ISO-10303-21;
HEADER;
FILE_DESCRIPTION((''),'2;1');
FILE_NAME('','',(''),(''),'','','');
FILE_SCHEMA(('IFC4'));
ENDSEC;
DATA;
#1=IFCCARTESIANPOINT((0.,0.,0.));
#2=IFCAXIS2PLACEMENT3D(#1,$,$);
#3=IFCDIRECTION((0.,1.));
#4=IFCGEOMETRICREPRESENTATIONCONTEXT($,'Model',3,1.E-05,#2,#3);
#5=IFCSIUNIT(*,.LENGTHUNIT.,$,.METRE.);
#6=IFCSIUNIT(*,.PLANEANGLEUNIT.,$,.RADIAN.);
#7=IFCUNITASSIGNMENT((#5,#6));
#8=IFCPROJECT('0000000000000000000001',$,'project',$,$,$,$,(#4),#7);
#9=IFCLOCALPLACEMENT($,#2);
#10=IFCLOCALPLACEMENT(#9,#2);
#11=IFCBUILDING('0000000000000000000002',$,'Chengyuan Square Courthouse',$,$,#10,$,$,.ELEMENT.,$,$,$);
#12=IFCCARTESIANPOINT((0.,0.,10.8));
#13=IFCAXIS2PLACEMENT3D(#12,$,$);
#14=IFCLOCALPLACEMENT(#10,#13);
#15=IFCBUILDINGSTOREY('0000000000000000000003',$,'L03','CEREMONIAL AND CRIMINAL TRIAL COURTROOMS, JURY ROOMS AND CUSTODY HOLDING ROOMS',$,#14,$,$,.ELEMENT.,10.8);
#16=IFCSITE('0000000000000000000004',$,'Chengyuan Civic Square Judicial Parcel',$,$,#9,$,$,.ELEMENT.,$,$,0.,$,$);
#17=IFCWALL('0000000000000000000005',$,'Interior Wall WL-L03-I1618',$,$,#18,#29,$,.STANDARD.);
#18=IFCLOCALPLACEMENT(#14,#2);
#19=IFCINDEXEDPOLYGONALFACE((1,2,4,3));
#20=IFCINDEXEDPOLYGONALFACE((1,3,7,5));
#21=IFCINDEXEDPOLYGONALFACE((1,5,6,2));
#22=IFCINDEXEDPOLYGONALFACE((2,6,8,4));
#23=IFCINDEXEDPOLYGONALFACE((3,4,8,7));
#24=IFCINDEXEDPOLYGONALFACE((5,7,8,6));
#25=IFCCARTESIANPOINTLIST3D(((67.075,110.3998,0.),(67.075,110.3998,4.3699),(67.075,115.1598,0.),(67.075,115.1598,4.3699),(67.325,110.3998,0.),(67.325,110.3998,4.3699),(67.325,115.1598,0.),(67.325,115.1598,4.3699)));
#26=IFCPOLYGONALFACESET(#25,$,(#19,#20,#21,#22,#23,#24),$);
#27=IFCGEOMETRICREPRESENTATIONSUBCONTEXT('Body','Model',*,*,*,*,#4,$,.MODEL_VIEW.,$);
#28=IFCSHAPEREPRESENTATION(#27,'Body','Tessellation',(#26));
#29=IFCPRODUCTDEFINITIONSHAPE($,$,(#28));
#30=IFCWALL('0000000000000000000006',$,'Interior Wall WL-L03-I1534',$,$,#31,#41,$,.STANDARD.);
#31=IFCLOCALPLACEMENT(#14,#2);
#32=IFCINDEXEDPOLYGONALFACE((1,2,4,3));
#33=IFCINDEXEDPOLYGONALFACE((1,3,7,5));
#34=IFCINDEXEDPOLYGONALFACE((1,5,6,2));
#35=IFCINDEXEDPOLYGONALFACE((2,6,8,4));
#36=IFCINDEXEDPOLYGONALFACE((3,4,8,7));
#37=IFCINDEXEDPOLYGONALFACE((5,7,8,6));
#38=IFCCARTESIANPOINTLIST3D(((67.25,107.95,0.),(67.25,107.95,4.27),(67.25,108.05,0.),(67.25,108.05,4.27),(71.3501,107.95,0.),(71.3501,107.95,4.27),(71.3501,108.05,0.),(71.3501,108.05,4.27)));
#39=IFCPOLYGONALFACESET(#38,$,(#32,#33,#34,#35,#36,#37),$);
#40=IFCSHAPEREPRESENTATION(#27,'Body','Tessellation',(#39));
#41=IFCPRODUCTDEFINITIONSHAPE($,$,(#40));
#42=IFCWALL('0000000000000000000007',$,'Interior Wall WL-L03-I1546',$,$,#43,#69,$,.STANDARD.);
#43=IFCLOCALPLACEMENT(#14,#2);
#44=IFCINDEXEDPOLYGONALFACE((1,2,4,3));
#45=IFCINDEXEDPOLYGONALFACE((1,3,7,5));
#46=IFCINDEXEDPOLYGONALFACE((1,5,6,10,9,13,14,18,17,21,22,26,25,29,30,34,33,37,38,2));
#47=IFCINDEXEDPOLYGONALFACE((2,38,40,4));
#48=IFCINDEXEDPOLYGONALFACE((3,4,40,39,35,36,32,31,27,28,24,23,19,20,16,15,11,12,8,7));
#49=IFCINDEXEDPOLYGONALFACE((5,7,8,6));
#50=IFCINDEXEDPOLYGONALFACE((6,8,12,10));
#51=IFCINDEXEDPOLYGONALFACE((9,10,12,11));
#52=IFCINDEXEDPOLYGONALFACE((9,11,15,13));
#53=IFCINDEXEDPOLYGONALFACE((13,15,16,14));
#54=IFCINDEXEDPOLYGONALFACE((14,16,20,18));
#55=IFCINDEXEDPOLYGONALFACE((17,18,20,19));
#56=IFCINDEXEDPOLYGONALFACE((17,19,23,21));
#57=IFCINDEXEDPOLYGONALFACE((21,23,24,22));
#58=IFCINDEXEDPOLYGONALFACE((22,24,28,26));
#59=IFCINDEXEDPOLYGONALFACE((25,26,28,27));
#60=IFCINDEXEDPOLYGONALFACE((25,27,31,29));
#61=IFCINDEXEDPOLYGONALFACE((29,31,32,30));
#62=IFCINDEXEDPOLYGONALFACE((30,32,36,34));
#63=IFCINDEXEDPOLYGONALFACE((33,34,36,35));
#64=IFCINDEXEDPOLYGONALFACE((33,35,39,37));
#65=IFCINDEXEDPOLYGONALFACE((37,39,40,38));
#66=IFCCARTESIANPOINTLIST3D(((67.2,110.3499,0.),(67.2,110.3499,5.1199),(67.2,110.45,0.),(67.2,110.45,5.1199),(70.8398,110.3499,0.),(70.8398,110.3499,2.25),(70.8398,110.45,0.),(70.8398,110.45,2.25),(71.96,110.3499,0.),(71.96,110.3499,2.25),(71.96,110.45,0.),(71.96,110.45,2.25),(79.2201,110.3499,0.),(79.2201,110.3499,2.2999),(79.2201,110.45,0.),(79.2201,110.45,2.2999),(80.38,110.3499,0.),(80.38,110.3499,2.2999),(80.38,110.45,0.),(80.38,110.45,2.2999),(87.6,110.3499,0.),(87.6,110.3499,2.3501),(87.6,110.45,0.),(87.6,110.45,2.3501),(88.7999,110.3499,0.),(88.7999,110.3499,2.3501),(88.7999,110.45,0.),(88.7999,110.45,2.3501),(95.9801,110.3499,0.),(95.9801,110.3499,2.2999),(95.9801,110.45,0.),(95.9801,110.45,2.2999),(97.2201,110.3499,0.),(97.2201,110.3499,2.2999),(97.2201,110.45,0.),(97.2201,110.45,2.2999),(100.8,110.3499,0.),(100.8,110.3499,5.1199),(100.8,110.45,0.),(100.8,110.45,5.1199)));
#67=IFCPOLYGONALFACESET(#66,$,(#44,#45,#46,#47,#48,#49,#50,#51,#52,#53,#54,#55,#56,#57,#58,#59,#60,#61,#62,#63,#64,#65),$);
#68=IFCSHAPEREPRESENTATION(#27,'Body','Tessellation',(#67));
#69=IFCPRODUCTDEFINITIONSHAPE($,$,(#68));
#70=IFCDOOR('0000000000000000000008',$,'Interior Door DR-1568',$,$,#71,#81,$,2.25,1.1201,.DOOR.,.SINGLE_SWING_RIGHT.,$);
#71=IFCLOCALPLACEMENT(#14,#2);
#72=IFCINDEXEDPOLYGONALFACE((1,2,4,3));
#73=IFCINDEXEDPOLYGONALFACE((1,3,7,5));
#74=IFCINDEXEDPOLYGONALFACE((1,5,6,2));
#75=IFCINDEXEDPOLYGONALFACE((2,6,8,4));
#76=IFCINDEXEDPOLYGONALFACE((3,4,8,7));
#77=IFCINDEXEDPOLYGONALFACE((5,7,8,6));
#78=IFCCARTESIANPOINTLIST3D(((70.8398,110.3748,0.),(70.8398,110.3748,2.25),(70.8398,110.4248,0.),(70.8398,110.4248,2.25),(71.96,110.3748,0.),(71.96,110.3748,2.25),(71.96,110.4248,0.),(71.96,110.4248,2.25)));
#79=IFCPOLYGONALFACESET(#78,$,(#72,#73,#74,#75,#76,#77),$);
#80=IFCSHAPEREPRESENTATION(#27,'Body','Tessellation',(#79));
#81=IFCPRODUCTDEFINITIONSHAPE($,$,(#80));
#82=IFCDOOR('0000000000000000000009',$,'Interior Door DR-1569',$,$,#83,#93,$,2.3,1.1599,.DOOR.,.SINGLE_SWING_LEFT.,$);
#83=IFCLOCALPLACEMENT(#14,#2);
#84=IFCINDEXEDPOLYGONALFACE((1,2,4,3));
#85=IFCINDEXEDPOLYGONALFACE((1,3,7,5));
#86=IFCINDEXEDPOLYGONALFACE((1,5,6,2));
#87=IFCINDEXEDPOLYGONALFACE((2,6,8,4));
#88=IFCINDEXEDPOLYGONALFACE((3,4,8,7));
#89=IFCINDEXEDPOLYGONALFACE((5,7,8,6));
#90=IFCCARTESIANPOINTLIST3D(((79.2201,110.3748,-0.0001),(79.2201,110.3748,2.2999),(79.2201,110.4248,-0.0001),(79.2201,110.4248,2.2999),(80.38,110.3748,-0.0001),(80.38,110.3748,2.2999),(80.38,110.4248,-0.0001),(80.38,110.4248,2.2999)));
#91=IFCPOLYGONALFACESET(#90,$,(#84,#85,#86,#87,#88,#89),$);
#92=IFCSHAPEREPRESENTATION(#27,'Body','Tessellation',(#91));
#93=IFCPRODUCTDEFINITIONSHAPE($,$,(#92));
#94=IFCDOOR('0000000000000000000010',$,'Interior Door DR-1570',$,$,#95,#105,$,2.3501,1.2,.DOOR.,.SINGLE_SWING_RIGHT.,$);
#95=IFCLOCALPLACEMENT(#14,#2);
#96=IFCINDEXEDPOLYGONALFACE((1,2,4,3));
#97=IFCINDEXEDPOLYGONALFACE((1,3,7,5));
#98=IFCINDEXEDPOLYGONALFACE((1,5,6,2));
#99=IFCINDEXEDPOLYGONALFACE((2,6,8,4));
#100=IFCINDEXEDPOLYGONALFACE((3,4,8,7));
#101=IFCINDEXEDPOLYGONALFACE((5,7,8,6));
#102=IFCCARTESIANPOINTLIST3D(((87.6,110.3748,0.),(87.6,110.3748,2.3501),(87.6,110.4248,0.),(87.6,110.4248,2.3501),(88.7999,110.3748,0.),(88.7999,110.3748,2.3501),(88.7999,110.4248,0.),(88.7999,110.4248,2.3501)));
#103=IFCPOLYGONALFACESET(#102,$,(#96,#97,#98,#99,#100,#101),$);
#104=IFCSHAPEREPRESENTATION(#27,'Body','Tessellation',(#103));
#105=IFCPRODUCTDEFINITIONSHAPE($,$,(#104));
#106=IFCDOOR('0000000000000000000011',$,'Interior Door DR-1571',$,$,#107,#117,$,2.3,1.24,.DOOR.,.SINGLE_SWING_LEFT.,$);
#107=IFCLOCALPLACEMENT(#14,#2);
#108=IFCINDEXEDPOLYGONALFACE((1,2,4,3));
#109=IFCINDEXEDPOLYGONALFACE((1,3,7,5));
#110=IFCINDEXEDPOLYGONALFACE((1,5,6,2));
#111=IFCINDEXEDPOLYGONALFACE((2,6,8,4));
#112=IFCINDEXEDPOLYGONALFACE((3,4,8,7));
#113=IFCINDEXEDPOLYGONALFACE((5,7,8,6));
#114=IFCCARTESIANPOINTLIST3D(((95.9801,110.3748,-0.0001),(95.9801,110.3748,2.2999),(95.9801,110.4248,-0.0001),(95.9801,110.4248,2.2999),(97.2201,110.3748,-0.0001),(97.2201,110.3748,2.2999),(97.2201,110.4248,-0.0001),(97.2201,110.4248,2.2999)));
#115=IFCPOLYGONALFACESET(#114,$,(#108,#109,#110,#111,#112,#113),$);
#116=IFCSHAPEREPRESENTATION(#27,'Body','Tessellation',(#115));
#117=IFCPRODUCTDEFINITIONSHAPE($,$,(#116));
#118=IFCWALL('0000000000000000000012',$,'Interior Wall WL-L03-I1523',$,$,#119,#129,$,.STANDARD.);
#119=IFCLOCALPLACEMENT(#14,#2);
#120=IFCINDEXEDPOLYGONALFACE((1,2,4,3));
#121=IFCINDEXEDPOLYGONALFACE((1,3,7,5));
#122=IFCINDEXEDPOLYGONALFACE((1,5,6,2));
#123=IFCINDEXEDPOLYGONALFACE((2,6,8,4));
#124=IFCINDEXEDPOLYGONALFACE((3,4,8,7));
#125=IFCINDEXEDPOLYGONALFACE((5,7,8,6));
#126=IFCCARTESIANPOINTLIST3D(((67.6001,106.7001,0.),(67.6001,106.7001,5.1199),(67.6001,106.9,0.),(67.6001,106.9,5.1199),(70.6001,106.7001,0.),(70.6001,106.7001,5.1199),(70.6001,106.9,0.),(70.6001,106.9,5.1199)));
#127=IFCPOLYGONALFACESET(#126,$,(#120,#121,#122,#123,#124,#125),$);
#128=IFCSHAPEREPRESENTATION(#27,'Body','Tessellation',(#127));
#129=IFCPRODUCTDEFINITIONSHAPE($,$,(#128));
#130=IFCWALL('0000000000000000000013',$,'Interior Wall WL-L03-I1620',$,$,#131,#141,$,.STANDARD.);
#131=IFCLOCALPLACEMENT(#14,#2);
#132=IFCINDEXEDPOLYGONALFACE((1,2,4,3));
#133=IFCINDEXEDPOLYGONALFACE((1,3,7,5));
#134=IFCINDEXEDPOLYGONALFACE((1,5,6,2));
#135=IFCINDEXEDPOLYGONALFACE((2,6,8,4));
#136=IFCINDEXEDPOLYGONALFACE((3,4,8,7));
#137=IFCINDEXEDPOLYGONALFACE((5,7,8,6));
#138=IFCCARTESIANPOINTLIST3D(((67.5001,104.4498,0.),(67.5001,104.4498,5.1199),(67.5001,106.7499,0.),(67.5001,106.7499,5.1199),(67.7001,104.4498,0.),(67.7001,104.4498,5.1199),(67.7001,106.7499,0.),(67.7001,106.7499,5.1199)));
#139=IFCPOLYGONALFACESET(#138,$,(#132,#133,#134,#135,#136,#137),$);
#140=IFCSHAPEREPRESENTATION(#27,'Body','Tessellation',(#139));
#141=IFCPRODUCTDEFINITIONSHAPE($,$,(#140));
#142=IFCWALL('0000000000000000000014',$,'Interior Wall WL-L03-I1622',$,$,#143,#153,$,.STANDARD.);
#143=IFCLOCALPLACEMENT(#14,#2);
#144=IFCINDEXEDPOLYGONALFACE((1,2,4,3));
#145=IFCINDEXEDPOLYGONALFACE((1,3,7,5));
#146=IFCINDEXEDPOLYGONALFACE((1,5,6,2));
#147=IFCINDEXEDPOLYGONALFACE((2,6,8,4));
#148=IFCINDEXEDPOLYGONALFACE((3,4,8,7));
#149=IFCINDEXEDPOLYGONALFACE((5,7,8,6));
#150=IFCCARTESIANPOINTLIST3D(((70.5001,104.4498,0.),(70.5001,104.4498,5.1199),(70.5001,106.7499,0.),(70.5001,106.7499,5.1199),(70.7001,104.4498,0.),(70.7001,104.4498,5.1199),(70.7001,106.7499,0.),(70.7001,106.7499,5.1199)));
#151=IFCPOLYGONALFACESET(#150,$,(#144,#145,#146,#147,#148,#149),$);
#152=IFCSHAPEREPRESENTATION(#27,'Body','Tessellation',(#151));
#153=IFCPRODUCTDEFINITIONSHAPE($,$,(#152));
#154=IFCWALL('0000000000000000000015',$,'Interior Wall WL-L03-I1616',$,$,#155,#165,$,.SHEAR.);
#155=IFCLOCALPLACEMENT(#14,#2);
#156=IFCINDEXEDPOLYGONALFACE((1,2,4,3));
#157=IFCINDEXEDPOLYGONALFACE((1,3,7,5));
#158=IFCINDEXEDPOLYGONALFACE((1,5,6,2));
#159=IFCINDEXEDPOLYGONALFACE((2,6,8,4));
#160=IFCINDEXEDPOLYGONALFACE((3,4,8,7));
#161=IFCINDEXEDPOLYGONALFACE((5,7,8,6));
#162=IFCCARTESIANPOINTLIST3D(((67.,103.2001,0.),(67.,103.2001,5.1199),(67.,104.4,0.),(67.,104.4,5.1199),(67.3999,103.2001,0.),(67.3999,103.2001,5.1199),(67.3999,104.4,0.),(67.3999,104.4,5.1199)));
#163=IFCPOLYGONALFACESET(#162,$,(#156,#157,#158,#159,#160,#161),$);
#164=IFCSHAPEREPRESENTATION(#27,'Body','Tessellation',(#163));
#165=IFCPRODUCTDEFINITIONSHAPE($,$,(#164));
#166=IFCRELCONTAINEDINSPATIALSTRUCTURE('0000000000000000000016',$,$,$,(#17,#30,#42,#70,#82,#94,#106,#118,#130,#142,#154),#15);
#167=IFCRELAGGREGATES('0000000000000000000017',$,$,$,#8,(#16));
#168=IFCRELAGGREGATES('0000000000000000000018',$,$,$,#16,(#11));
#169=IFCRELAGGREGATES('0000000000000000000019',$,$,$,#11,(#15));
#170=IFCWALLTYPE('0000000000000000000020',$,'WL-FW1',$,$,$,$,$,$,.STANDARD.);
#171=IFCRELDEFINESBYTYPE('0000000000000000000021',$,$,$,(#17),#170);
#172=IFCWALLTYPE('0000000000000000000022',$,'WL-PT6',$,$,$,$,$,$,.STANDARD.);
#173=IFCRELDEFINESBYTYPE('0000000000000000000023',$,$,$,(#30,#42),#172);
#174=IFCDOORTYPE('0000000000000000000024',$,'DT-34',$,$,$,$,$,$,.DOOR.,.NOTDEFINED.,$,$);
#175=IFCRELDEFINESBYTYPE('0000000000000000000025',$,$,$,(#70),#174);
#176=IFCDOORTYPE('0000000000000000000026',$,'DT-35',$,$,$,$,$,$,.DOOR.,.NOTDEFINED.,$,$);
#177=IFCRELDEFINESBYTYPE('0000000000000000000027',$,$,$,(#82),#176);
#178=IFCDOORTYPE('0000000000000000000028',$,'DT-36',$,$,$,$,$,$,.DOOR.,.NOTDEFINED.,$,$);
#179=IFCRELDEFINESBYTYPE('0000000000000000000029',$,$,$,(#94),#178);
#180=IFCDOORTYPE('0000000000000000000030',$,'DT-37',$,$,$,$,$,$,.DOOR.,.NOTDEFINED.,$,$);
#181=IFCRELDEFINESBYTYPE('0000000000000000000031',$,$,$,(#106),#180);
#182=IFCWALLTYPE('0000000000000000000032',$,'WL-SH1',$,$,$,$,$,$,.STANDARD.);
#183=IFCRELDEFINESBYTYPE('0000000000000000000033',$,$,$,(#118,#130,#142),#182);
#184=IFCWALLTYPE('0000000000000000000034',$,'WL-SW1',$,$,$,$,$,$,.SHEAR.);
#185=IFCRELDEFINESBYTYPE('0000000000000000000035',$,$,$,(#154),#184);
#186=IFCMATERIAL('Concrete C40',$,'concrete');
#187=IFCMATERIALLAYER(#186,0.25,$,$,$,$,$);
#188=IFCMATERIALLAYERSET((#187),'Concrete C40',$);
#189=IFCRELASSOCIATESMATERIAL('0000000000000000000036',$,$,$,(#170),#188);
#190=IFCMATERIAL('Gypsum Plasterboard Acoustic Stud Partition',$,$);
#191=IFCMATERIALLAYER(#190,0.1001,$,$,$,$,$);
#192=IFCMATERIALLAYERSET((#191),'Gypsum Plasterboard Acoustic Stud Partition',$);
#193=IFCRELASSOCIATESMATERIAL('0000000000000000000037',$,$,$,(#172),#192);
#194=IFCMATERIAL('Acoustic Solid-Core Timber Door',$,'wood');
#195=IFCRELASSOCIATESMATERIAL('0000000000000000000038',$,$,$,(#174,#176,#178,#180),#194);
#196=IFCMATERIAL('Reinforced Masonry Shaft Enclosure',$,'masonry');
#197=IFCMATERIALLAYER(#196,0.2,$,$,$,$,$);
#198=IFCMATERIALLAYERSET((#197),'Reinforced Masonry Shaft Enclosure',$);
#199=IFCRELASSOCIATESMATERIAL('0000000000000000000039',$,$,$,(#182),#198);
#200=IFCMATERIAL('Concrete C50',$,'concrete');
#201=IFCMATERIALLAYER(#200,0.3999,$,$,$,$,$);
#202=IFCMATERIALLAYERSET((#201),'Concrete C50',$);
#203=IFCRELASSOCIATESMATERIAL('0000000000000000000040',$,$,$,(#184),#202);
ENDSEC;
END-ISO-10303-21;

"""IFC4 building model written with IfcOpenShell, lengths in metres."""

from ifc_helpers import new_model, si_unit, direction, frame, frame_2d, origin, place, context, subcontext, project, spatial, rectangle, extrude, material, layer, layer_set, type_object, element, fill, save


model = new_model("IFC4")

# Units and contexts
model_context = context("Model", 3, precision=1e-05, world=origin(), true_north=direction((0.0, 1.0)))
body_context = subcontext(model_context, "Body", "Model", "MODEL_VIEW")
ifc_project = project(units=[si_unit("LENGTHUNIT", "METRE"), si_unit("PLANEANGLEUNIT", "RADIAN")], contexts=[model_context])

# Site, building, storey
site_placement = place(None, origin())
site = spatial("IfcSite", under=ifc_project, at=site_placement, Name="Chengyuan Civic Square Judicial Parcel", CompositionType="ELEMENT", RefElevation=0.0)
building_placement = place(site_placement, origin())
building = spatial("IfcBuilding", under=site, at=building_placement, Name="Chengyuan Square Courthouse", CompositionType="ELEMENT")
storey_placement = place(building_placement, frame((0.0, 0.0, 10.8)))
storey = spatial("IfcBuildingStorey", under=building, at=storey_placement, Name="L03", Description="CEREMONIAL AND CRIMINAL TRIAL COURTROOMS, JURY ROOMS AND CUSTODY HOLDING ROOMS", CompositionType="ELEMENT", Elevation=10.8)

# Shared definitions
ifc_material_1 = material(Name="Concrete C50", Category="concrete")

# Shared definitions
ifc_material_2 = material(Name="Concrete C40", Category="concrete")

# Walls
ifc_layer_1 = layer(ifc_material_2, 0.25)
ifc_layer_set_1 = layer_set([ifc_layer_1], Name="Concrete C40")
wall_type_1 = type_object("IfcWallType", Name="WL-FW1", PredefinedType="STANDARD", material=ifc_layer_set_1)
wall_1_placement = place(storey_placement, frame((67.2, 110.3999, 0.0), z_axis=(0.0, 0.0, 1.0), x_axis=(0.0, 1.0, 0.0)))
element("IfcWall", 1, at=wall_1_placement, inside=storey, type_object=wall_type_1, Name="Interior Wall WL-L03-I1618", PredefinedType="STANDARD", context=body_context, shape_type="SweptSolid", body=[
    extrude(rectangle(XDim=4.76, YDim=0.25, at=frame_2d((2.3799, 0.0))), origin(), (0.0, 0.0, 1.0), 4.3699),
])
ifc_material_3 = material(Name="Gypsum Plasterboard Acoustic Stud Partition")
ifc_layer_2 = layer(ifc_material_3, 0.1001)
ifc_layer_set_2 = layer_set([ifc_layer_2], Name="Gypsum Plasterboard Acoustic Stud Partition")
wall_type_2 = type_object("IfcWallType", Name="WL-PT6", PredefinedType="STANDARD", material=ifc_layer_set_2)
wall_2_placement = place(storey_placement, frame((67.25, 108.0, 0.0), z_axis=(0.0, 0.0, 1.0), x_axis=(1.0, 0.0, 0.0)))
element("IfcWall", 2, at=wall_2_placement, inside=storey, type_object=wall_type_2, Name="Interior Wall WL-L03-I1534", PredefinedType="STANDARD", context=body_context, shape_type="SweptSolid", body=[
    extrude(rectangle(XDim=4.1001, YDim=0.1001, at=frame_2d((2.05, 0.0))), origin(), (0.0, 0.0, 1.0), 4.27),
])

# Wall, openings, doors
wall_3_placement = place(storey_placement, frame((67.2, 110.3999, 0.0), z_axis=(0.0, 0.0, 1.0), x_axis=(1.0, 0.0, 0.0)))
wall_3 = element("IfcWall", 3, at=wall_3_placement, inside=storey, type_object=wall_type_2, Name="Interior Wall WL-L03-I1546", PredefinedType="STANDARD", context=body_context, shape_type="SweptSolid", body=[
    extrude(rectangle(XDim=33.6001, YDim=0.1001, at=frame_2d((16.8, 0.0))), origin(), (0.0, 0.0, 1.0), 5.1199),
])
opening_1_placement = place(wall_3_placement, frame((3.6399, 0.0, 0.0)))
opening_1 = element("IfcOpeningElement", 4, at=opening_1_placement, cuts=wall_3, PredefinedType="OPENING", context=body_context, shape_type="SweptSolid", body=[
    extrude(rectangle(XDim=1.1201, YDim=2.25, at=frame_2d((0.5601, 1.125))), frame((0.0, 0.062, 0.0), z_axis=(0.0, -1.0, 0.0), x_axis=(1.0, 0.0, 0.0)), (0.0, 0.0, 1.0), 0.124),
])
opening_2_placement = place(wall_3_placement, frame((12.02, 0.0, 0.0)))
opening_2 = element("IfcOpeningElement", 5, at=opening_2_placement, cuts=wall_3, PredefinedType="OPENING", context=body_context, shape_type="SweptSolid", body=[
    extrude(rectangle(XDim=1.1599, YDim=2.3, at=frame_2d((0.5801, 1.1499))), frame((0.0, 0.062, 0.0), z_axis=(0.0, -1.0, 0.0), x_axis=(1.0, 0.0, 0.0)), (0.0, 0.0, 1.0), 0.124),
])
opening_3_placement = place(wall_3_placement, frame((20.3999, 0.0, 0.0)))
opening_3 = element("IfcOpeningElement", 6, at=opening_3_placement, cuts=wall_3, PredefinedType="OPENING", context=body_context, shape_type="SweptSolid", body=[
    extrude(rectangle(XDim=1.2, YDim=2.3501, at=frame_2d((0.6001, 1.175))), frame((0.0, 0.062, 0.0), z_axis=(0.0, -1.0, 0.0), x_axis=(1.0, 0.0, 0.0)), (0.0, 0.0, 1.0), 0.124),
])
opening_4_placement = place(wall_3_placement, frame((28.78, 0.0, 0.0)))
opening_4 = element("IfcOpeningElement", 7, at=opening_4_placement, cuts=wall_3, PredefinedType="OPENING", context=body_context, shape_type="SweptSolid", body=[
    extrude(rectangle(XDim=1.24, YDim=2.3, at=frame_2d((0.6201, 1.1499))), frame((0.0, 0.062, 0.0), z_axis=(0.0, -1.0, 0.0), x_axis=(1.0, 0.0, 0.0)), (0.0, 0.0, 1.0), 0.124),
])
ifc_material_4 = material(Name="Acoustic Solid-Core Timber Door", Category="wood")
door_type_1 = type_object("IfcDoorType", Name="DT-34", OperationType="NOTDEFINED", PredefinedType="DOOR", material=ifc_material_4)
door_1_placement = place(opening_1_placement, origin())
door_1 = element("IfcDoor", 8, at=door_1_placement, inside=storey, type_object=door_type_1, Name="Interior Door DR-1568", OperationType="SINGLE_SWING_RIGHT", OverallHeight=2.25, OverallWidth=1.1201, PredefinedType="DOOR", context=body_context, shape_type="SweptSolid", body=[
    extrude(rectangle(XDim=1.1201, YDim=2.25, at=frame_2d((0.5601, 1.125))), frame((0.0, 0.0249, 0.0), z_axis=(0.0, -1.0, 0.0), x_axis=(1.0, 0.0, 0.0)), (0.0, 0.0, 1.0), 0.05),
])
fill(opening_1, door_1)
door_type_2 = type_object("IfcDoorType", Name="DT-35", OperationType="NOTDEFINED", PredefinedType="DOOR", material=ifc_material_4)
door_2_placement = place(opening_2_placement, origin())
door_2 = element("IfcDoor", 9, at=door_2_placement, inside=storey, type_object=door_type_2, Name="Interior Door DR-1569", OperationType="SINGLE_SWING_LEFT", OverallHeight=2.3, OverallWidth=1.1599, PredefinedType="DOOR", context=body_context, shape_type="SweptSolid", body=[
    extrude(rectangle(XDim=1.1599, YDim=2.3, at=frame_2d((0.5801, 1.1499))), frame((0.0, 0.0249, 0.0), z_axis=(0.0, -1.0, 0.0), x_axis=(1.0, 0.0, 0.0)), (0.0, 0.0, 1.0), 0.05),
])
fill(opening_2, door_2)
door_type_3 = type_object("IfcDoorType", Name="DT-36", OperationType="NOTDEFINED", PredefinedType="DOOR", material=ifc_material_4)
door_3_placement = place(opening_3_placement, origin())
door_3 = element("IfcDoor", 10, at=door_3_placement, inside=storey, type_object=door_type_3, Name="Interior Door DR-1570", OperationType="SINGLE_SWING_RIGHT", OverallHeight=2.3501, OverallWidth=1.2, PredefinedType="DOOR", context=body_context, shape_type="SweptSolid", body=[
    extrude(rectangle(XDim=1.2, YDim=2.3501, at=frame_2d((0.6001, 1.175))), frame((0.0, 0.0249, 0.0), z_axis=(0.0, -1.0, 0.0), x_axis=(1.0, 0.0, 0.0)), (0.0, 0.0, 1.0), 0.05),
])
fill(opening_3, door_3)
door_type_4 = type_object("IfcDoorType", Name="DT-37", OperationType="NOTDEFINED", PredefinedType="DOOR", material=ifc_material_4)
door_4_placement = place(opening_4_placement, origin())
door_4 = element("IfcDoor", 11, at=door_4_placement, inside=storey, type_object=door_type_4, Name="Interior Door DR-1571", OperationType="SINGLE_SWING_LEFT", OverallHeight=2.3, OverallWidth=1.24, PredefinedType="DOOR", context=body_context, shape_type="SweptSolid", body=[
    extrude(rectangle(XDim=1.24, YDim=2.3, at=frame_2d((0.6201, 1.1499))), frame((0.0, 0.0249, 0.0), z_axis=(0.0, -1.0, 0.0), x_axis=(1.0, 0.0, 0.0)), (0.0, 0.0, 1.0), 0.05),
])
fill(opening_4, door_4)

# Shared definitions
ifc_material_5 = material(Name="Reinforced Masonry Shaft Enclosure", Category="masonry")
ifc_layer_3 = layer(ifc_material_5, 0.2)
ifc_layer_set_3 = layer_set([ifc_layer_3], Name="Reinforced Masonry Shaft Enclosure")
wall_type_3 = type_object("IfcWallType", Name="WL-SH1", PredefinedType="STANDARD", material=ifc_layer_set_3)

# Walls
wall_4_placement = place(storey_placement, frame((67.6001, 106.8, 0.0), z_axis=(0.0, 0.0, 1.0), x_axis=(1.0, 0.0, 0.0)))
element("IfcWall", 12, at=wall_4_placement, inside=storey, type_object=wall_type_3, Name="Interior Wall WL-L03-I1523", PredefinedType="STANDARD", context=body_context, shape_type="SweptSolid", body=[
    extrude(rectangle(XDim=3.0, YDim=0.2, at=frame_2d((1.5, 0.0))), origin(), (0.0, 0.0, 1.0), 5.1199),
])
for number, where, z_axis, x_axis, name in (
    (13, (67.6001, 104.45, 0.0), (0.0, 0.0, 1.0), (0.0, 1.0, 0.0), "Interior Wall WL-L03-I1620"),
    (14, (70.6001, 104.45, 0.0), (0.0, 0.0, 1.0), (0.0, 1.0, 0.0), "Interior Wall WL-L03-I1622"),
):
    element("IfcWall", number, at=place(storey_placement, frame(where, z_axis=z_axis, x_axis=x_axis)), inside=storey, type_object=wall_type_3, Name=name, PredefinedType="STANDARD", context=body_context, shape_type="SweptSolid", body=[
        extrude(rectangle(XDim=2.3, YDim=0.2, at=frame_2d((1.1499, 0.0))), origin(), (0.0, 0.0, 1.0), 5.1199),
    ])
ifc_layer_4 = layer(ifc_material_1, 0.3999)
ifc_layer_set_4 = layer_set([ifc_layer_4], Name="Concrete C50")
wall_type_4 = type_object("IfcWallType", Name="WL-SW1", PredefinedType="SHEAR", material=ifc_layer_set_4)
wall_5_placement = place(storey_placement, frame((67.2, 103.2, 0.0), z_axis=(0.0, 0.0, 1.0), x_axis=(0.0, 1.0, 0.0)))
element("IfcWall", 15, at=wall_5_placement, inside=storey, type_object=wall_type_4, Name="Interior Wall WL-L03-I1616", PredefinedType="SHEAR", context=body_context, shape_type="SweptSolid", body=[
    extrude(rectangle(XDim=1.2, YDim=0.3999, at=frame_2d((0.6001, 0.0))), origin(), (0.0, 0.0, 1.0), 5.1199),
])

save(model, "model.ifc")
